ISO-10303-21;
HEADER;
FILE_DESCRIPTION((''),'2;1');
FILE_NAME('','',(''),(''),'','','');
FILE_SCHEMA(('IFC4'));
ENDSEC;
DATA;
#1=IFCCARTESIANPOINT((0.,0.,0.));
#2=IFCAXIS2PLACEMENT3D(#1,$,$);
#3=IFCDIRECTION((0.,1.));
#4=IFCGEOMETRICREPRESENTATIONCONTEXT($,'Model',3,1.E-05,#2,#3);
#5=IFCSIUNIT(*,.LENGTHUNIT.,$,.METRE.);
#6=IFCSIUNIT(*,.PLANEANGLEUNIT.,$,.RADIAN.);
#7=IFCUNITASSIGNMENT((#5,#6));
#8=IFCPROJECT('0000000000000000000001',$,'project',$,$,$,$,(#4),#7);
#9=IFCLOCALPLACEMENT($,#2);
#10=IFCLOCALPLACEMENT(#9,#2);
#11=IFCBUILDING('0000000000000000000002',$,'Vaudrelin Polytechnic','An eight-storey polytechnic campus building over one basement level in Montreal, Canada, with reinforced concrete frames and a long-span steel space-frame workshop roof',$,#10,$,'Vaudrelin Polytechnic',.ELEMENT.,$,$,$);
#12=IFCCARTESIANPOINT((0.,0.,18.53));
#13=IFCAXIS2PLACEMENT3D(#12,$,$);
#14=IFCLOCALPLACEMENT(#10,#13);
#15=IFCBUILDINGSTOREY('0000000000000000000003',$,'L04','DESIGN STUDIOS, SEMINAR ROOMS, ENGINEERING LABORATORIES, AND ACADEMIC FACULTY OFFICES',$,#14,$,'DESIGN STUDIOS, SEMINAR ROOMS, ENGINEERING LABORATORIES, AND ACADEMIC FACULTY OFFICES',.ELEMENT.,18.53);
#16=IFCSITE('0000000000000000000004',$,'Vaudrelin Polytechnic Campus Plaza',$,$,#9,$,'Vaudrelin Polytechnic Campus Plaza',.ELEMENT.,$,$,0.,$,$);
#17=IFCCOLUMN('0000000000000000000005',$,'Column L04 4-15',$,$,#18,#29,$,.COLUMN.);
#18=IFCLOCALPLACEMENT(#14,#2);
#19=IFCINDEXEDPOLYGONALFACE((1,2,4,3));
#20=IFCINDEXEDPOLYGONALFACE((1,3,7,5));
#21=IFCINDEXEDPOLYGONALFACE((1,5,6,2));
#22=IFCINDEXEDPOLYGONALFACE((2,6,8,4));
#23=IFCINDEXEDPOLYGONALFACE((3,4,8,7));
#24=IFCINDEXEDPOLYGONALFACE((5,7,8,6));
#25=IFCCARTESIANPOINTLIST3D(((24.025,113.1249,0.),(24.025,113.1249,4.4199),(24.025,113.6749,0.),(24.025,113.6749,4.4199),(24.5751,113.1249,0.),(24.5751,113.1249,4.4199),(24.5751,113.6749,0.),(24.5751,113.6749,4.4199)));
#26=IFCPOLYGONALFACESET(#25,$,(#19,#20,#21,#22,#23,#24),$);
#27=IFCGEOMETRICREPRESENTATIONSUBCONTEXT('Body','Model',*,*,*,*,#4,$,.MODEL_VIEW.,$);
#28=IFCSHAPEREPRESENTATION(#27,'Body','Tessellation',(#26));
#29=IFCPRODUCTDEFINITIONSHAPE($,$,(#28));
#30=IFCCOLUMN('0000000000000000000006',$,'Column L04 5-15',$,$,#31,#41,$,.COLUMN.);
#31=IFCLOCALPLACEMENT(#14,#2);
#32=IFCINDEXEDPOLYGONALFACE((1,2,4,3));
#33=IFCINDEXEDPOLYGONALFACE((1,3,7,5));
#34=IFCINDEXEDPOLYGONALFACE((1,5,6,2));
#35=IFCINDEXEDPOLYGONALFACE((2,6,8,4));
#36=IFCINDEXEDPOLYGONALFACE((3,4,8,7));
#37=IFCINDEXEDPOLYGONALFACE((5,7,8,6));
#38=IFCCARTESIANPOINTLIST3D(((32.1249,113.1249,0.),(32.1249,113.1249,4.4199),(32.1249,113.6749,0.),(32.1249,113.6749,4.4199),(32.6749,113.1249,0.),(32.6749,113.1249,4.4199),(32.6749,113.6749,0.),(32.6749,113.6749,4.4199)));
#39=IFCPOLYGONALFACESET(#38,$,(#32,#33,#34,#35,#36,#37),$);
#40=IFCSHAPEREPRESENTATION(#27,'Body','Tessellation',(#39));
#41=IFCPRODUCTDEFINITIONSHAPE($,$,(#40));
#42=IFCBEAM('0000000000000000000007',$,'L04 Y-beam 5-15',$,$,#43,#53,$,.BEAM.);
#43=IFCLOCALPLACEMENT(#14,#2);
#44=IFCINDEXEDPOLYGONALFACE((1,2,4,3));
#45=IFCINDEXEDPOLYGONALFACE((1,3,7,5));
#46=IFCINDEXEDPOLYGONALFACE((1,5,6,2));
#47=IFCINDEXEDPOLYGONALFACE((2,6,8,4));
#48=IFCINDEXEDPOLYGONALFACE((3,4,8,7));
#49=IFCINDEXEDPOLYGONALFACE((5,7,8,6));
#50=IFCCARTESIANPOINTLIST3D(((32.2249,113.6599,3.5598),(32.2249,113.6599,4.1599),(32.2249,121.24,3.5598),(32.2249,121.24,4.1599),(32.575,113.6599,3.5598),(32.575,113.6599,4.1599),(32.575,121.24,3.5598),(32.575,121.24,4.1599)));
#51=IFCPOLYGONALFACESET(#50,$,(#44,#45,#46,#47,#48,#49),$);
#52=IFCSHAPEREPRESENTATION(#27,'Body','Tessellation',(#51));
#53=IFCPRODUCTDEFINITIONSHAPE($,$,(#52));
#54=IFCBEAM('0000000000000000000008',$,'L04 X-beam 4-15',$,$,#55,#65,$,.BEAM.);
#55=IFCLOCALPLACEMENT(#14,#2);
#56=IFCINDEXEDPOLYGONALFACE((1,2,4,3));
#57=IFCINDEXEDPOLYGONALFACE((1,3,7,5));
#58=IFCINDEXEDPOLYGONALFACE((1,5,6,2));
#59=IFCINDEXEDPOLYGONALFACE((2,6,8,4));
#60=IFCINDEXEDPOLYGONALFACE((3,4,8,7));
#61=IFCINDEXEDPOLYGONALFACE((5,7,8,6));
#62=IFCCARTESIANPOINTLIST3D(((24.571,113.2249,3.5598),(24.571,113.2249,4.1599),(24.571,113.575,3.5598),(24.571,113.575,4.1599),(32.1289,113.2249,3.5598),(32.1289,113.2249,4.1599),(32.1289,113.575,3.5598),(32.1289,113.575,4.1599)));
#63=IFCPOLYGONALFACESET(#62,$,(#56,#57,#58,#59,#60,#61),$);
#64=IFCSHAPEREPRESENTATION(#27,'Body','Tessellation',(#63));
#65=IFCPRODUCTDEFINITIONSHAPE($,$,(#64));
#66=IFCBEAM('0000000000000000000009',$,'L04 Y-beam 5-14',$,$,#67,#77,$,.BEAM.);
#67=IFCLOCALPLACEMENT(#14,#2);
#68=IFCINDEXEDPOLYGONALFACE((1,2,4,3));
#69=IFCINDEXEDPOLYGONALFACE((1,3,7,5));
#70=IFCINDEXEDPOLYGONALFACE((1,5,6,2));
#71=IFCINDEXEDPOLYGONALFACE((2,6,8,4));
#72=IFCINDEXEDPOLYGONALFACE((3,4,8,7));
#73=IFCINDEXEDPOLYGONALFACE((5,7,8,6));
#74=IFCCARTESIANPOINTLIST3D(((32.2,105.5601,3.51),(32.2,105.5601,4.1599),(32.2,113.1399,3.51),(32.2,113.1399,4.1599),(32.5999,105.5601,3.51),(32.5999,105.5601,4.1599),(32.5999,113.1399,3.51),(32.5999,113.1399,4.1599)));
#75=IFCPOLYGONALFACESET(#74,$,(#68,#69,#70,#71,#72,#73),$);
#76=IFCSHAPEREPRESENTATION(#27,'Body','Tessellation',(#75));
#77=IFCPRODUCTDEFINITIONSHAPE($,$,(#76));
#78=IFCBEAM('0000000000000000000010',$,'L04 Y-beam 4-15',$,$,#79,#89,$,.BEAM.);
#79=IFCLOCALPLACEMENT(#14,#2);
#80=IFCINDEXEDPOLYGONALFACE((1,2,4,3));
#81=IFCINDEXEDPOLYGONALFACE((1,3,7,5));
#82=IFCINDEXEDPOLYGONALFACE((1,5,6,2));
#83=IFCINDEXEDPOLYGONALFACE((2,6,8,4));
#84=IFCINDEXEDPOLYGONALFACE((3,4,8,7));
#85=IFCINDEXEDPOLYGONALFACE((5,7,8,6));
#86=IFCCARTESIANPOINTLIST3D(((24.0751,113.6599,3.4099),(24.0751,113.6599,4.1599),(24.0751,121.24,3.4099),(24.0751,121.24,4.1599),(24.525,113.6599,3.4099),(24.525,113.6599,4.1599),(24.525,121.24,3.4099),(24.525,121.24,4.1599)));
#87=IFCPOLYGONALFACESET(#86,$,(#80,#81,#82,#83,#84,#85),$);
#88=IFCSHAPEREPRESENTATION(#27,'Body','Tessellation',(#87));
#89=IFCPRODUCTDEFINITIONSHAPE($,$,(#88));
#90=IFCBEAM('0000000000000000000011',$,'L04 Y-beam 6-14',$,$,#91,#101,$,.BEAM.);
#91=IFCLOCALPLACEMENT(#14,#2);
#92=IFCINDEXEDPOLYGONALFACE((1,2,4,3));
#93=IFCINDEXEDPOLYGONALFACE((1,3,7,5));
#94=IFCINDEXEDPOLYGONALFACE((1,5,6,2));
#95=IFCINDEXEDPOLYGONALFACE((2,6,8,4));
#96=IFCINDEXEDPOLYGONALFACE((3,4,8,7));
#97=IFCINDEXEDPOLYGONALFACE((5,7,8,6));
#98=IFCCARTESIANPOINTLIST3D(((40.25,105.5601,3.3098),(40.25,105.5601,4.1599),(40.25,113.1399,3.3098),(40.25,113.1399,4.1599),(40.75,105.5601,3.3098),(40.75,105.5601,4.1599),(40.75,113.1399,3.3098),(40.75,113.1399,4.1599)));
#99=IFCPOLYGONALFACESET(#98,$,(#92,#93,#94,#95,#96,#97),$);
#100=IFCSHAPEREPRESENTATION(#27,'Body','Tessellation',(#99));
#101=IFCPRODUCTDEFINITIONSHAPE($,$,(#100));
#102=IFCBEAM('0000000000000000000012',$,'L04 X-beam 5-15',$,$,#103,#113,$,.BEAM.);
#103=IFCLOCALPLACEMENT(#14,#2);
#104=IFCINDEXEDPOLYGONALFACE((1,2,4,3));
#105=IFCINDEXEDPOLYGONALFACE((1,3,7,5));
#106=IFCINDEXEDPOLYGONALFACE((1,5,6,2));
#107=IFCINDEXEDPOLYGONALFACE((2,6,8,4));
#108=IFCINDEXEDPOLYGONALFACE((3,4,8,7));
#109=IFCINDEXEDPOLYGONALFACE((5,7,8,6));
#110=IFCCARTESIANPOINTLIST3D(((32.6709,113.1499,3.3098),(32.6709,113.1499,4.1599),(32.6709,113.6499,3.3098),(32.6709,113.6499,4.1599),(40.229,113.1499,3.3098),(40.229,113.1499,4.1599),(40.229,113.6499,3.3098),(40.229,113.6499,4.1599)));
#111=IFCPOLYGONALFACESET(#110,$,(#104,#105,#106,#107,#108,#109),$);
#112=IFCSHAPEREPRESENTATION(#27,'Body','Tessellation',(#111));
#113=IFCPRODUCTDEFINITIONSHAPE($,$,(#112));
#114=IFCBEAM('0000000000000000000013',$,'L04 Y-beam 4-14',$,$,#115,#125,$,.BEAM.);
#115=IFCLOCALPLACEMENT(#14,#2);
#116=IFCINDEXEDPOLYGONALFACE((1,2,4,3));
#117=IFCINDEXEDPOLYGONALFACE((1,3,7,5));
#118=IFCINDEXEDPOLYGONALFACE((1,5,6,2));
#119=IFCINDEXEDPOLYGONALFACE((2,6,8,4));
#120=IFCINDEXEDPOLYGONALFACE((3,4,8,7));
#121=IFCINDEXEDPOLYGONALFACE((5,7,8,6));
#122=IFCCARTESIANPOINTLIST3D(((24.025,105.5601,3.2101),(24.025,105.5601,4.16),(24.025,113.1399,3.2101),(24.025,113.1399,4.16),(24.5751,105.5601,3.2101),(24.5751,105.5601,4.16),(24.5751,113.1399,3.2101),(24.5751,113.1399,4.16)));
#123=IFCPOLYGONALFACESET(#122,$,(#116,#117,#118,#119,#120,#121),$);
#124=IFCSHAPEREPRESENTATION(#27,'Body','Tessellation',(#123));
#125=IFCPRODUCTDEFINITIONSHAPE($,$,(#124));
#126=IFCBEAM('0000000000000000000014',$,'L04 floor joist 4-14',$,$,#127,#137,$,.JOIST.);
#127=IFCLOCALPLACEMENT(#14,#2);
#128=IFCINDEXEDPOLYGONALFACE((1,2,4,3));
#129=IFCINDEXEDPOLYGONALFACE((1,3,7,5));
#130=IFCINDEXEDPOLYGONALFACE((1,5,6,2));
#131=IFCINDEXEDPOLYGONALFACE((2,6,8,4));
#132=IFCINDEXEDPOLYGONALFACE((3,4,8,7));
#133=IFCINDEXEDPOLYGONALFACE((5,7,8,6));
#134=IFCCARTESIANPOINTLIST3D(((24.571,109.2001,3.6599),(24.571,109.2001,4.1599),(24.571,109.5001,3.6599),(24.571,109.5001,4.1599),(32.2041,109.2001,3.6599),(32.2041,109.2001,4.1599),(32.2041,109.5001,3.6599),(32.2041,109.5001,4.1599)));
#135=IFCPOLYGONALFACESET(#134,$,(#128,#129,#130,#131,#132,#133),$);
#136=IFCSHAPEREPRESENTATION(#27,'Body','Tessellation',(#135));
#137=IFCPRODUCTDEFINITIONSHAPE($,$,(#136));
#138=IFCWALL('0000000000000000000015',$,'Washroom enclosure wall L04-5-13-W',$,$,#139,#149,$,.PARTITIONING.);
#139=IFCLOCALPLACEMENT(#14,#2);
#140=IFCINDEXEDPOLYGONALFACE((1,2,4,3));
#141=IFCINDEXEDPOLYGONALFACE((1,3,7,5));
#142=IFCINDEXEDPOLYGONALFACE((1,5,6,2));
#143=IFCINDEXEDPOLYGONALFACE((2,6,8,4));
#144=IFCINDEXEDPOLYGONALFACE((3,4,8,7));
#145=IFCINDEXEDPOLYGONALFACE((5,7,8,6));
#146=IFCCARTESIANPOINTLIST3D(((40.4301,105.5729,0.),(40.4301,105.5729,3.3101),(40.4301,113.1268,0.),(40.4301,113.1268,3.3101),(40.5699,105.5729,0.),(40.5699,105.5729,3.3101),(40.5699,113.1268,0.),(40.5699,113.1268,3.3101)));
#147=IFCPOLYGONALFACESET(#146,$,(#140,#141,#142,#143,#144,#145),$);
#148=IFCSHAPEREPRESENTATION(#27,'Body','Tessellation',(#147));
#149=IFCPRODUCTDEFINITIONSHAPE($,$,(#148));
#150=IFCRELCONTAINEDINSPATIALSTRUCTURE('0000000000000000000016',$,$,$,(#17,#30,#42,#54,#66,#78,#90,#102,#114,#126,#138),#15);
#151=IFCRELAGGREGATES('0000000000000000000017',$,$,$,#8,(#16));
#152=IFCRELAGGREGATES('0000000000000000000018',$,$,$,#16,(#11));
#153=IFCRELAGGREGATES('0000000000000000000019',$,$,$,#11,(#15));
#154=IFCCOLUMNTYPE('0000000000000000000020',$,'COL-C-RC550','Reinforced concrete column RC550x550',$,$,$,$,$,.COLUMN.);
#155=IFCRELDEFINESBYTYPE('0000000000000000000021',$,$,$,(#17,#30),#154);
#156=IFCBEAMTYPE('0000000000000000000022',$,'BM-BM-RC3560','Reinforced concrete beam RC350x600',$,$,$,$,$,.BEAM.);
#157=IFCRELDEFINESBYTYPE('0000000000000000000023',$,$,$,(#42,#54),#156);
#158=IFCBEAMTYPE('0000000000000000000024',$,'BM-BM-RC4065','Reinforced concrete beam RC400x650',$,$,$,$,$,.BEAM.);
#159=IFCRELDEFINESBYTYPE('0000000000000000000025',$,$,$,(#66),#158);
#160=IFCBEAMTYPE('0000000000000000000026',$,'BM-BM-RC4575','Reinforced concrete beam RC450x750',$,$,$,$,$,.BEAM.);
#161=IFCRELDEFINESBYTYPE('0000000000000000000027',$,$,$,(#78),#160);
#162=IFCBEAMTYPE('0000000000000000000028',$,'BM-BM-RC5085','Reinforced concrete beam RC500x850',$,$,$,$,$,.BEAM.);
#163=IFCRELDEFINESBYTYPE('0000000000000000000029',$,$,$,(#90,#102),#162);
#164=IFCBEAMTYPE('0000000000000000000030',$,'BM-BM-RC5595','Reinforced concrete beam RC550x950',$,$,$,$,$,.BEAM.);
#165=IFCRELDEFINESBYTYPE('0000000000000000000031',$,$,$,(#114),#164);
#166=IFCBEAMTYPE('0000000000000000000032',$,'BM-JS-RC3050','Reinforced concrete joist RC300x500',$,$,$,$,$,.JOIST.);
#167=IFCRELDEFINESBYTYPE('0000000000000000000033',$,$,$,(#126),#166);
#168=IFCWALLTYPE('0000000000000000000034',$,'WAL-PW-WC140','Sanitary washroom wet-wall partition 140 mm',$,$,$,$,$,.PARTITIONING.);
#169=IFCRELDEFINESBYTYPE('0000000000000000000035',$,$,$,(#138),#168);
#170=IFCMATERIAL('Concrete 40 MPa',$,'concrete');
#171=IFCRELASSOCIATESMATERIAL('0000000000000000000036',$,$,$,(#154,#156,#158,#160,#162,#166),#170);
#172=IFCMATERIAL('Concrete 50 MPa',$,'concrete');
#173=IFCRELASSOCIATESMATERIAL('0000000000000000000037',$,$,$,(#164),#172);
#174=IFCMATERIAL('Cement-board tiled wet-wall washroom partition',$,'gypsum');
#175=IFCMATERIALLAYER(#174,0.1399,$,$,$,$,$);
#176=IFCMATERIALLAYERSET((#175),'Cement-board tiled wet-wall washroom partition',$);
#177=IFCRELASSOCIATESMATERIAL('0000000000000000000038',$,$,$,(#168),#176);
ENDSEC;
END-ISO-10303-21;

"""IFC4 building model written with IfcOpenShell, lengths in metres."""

from ifc_helpers import new_model, si_unit, direction, frame, frame_2d, origin, origin_2d, place, context, subcontext, project, spatial, rectangle, extrude, material, layer, layer_set, material_profile, profile_set, type_object, element, save


model = new_model("IFC4")

# Units and contexts
model_context = context("Model", 3, precision=1e-05, world=origin(), true_north=direction((0.0, 1.0)))
body_context = subcontext(model_context, "Body", "Model", "MODEL_VIEW")
ifc_project = project(units=[si_unit("LENGTHUNIT", "METRE"), si_unit("PLANEANGLEUNIT", "RADIAN")], contexts=[model_context])

# Site, building, storey
site_placement = place(None, origin())
site = spatial("IfcSite", under=ifc_project, at=site_placement, Name="Vaudrelin Polytechnic Campus Plaza", LongName="Vaudrelin Polytechnic Campus Plaza", CompositionType="ELEMENT", RefElevation=0.0)
building_placement = place(site_placement, origin())
building = spatial("IfcBuilding", under=site, at=building_placement, Name="Vaudrelin Polytechnic", Description="An eight-storey polytechnic campus building over one basement level in Montreal, Canada, with reinforced concrete frames and a long-span steel space-frame workshop roof", LongName="Vaudrelin Polytechnic", CompositionType="ELEMENT")
storey_placement = place(building_placement, frame((0.0, 0.0, 18.53)))
storey = spatial("IfcBuildingStorey", under=building, at=storey_placement, Name="L04", Description="DESIGN STUDIOS, SEMINAR ROOMS, ENGINEERING LABORATORIES, AND ACADEMIC FACULTY OFFICES", LongName="DESIGN STUDIOS, SEMINAR ROOMS, ENGINEERING LABORATORIES, AND ACADEMIC FACULTY OFFICES", CompositionType="ELEMENT", Elevation=18.53)

# Columns
ifc_material_1 = material(Name="Concrete 40 MPa", Category="concrete")
ifc_material_profile_1 = material_profile(ifc_material_1, rectangle(XDim=0.55, YDim=0.55, at=origin_2d()), Name="RC550x550")
ifc_profile_set_1 = profile_set([ifc_material_profile_1], Name="Concrete 40 MPa")
column_type = type_object("IfcColumnType", Name="COL-C-RC550", Description="Reinforced concrete column RC550x550", PredefinedType="COLUMN", material=ifc_profile_set_1)
for number, where, z_axis, x_axis, name in (
    (1, (24.3, 113.3999, 0.0), (0.0, 0.0, 1.0), (1.0, 0.0, 0.0), "Column L04 4-15"),
    (2, (32.3999, 113.3999, 0.0), (0.0, 0.0, 1.0), (1.0, 0.0, 0.0), "Column L04 5-15"),
):
    element("IfcColumn", number, at=place(storey_placement, frame(where, z_axis=z_axis, x_axis=x_axis)), inside=storey, type_object=column_type, Name=name, PredefinedType="COLUMN", context=body_context, shape_type="SweptSolid", body=[
        extrude(rectangle(XDim=0.55, YDim=0.55, at=origin_2d()), origin(), (0.0, 0.0, 1.0), 4.4199),
    ])

# Beams
ifc_material_profile_2 = material_profile(ifc_material_1, rectangle(XDim=0.3501, YDim=0.6001, at=origin_2d()), Name="RC350x600")
ifc_profile_set_2 = profile_set([ifc_material_profile_2], Name="Concrete 40 MPa")
beam_type_1 = type_object("IfcBeamType", Name="BM-BM-RC3560", Description="Reinforced concrete beam RC350x600", PredefinedType="BEAM", material=ifc_profile_set_2)
beam_1_placement = place(storey_placement, frame((32.3999, 113.6599, 3.8599), z_axis=(0.0, 1.0, 0.0), x_axis=(-1.0, 0.0, 0.0)))
element("IfcBeam", 3, at=beam_1_placement, inside=storey, type_object=beam_type_1, Name="L04 Y-beam 5-15", PredefinedType="BEAM", context=body_context, shape_type="SweptSolid", body=[
    extrude(rectangle(XDim=0.3501, YDim=0.6001, at=origin_2d()), origin(), (0.0, 0.0, 1.0), 7.5801),
])
beam_2_placement = place(storey_placement, frame((24.571, 113.3999, 3.8599), z_axis=(1.0, 0.0, 0.0), x_axis=(0.0, 1.0, 0.0)))
element("IfcBeam", 4, at=beam_2_placement, inside=storey, type_object=beam_type_1, Name="L04 X-beam 4-15", PredefinedType="BEAM", context=body_context, shape_type="SweptSolid", body=[
    extrude(rectangle(XDim=0.3501, YDim=0.6001, at=origin_2d()), origin(), (0.0, 0.0, 1.0), 7.5579),
])
ifc_material_profile_3 = material_profile(ifc_material_1, rectangle(XDim=0.3999, YDim=0.6499, at=origin_2d()), Name="RC400x650")
ifc_profile_set_3 = profile_set([ifc_material_profile_3], Name="Concrete 40 MPa")
beam_type_2 = type_object("IfcBeamType", Name="BM-BM-RC4065", Description="Reinforced concrete beam RC400x650", PredefinedType="BEAM", material=ifc_profile_set_3)
beam_3_placement = place(storey_placement, frame((32.3999, 105.5601, 3.835), z_axis=(0.0, 1.0, 0.0), x_axis=(-1.0, 0.0, 0.0)))
element("IfcBeam", 5, at=beam_3_placement, inside=storey, type_object=beam_type_2, Name="L04 Y-beam 5-14", PredefinedType="BEAM", context=body_context, shape_type="SweptSolid", body=[
    extrude(rectangle(XDim=0.3999, YDim=0.6499, at=origin_2d()), origin(), (0.0, 0.0, 1.0), 7.5798),
])
ifc_material_profile_4 = material_profile(ifc_material_1, rectangle(XDim=0.45, YDim=0.75, at=origin_2d()), Name="RC450x750")
ifc_profile_set_4 = profile_set([ifc_material_profile_4], Name="Concrete 40 MPa")
beam_type_3 = type_object("IfcBeamType", Name="BM-BM-RC4575", Description="Reinforced concrete beam RC450x750", PredefinedType="BEAM", material=ifc_profile_set_4)
beam_4_placement = place(storey_placement, frame((24.3, 113.6599, 3.7849), z_axis=(0.0, 1.0, 0.0), x_axis=(-1.0, 0.0, 0.0)))
element("IfcBeam", 6, at=beam_4_placement, inside=storey, type_object=beam_type_3, Name="L04 Y-beam 4-15", PredefinedType="BEAM", context=body_context, shape_type="SweptSolid", body=[
    extrude(rectangle(XDim=0.45, YDim=0.75, at=origin_2d()), origin(), (0.0, 0.0, 1.0), 7.5801),
])
ifc_material_profile_5 = material_profile(ifc_material_1, rectangle(XDim=0.5, YDim=0.8501, at=origin_2d()), Name="RC500x850")
ifc_profile_set_5 = profile_set([ifc_material_profile_5], Name="Concrete 40 MPa")
beam_type_4 = type_object("IfcBeamType", Name="BM-BM-RC5085", Description="Reinforced concrete beam RC500x850", PredefinedType="BEAM", material=ifc_profile_set_5)
beam_5_placement = place(storey_placement, frame((40.5, 105.5601, 3.7349), z_axis=(0.0, 1.0, 0.0), x_axis=(-1.0, 0.0, 0.0)))
element("IfcBeam", 7, at=beam_5_placement, inside=storey, type_object=beam_type_4, Name="L04 Y-beam 6-14", PredefinedType="BEAM", context=body_context, shape_type="SweptSolid", body=[
    extrude(rectangle(XDim=0.5, YDim=0.8501, at=origin_2d()), origin(), (0.0, 0.0, 1.0), 7.5798),
])
beam_6_placement = place(storey_placement, frame((32.6709, 113.3999, 3.7349), z_axis=(1.0, 0.0, 0.0), x_axis=(0.0, 1.0, 0.0)))
element("IfcBeam", 8, at=beam_6_placement, inside=storey, type_object=beam_type_4, Name="L04 X-beam 5-15", PredefinedType="BEAM", context=body_context, shape_type="SweptSolid", body=[
    extrude(rectangle(XDim=0.5, YDim=0.8501, at=origin_2d()), origin(), (0.0, 0.0, 1.0), 7.5581),
])
ifc_material_2 = material(Name="Concrete 50 MPa", Category="concrete")
ifc_material_profile_6 = material_profile(ifc_material_2, rectangle(XDim=0.55, YDim=0.95, at=origin_2d()), Name="RC550x950")
ifc_profile_set_6 = profile_set([ifc_material_profile_6], Name="Concrete 50 MPa")
beam_type_5 = type_object("IfcBeamType", Name="BM-BM-RC5595", Description="Reinforced concrete beam RC550x950", PredefinedType="BEAM", material=ifc_profile_set_6)
beam_7_placement = place(storey_placement, frame((24.3, 105.5601, 3.6851), z_axis=(0.0, 1.0, 0.0), x_axis=(-1.0, 0.0, 0.0)))
element("IfcBeam", 9, at=beam_7_placement, inside=storey, type_object=beam_type_5, Name="L04 Y-beam 4-14", PredefinedType="BEAM", context=body_context, shape_type="SweptSolid", body=[
    extrude(rectangle(XDim=0.55, YDim=0.95, at=origin_2d()), origin(), (0.0, 0.0, 1.0), 7.5798),
])
ifc_material_profile_7 = material_profile(ifc_material_1, rectangle(XDim=0.3, YDim=0.5, at=origin_2d()), Name="RC300x500")
ifc_profile_set_7 = profile_set([ifc_material_profile_7], Name="Concrete 40 MPa")
beam_type_6 = type_object("IfcBeamType", Name="BM-JS-RC3050", Description="Reinforced concrete joist RC300x500", PredefinedType="JOIST", material=ifc_profile_set_7)
beam_8_placement = place(storey_placement, frame((24.571, 109.3501, 3.9099), z_axis=(1.0, 0.0, 0.0), x_axis=(0.0, 1.0, 0.0)))
element("IfcBeam", 10, at=beam_8_placement, inside=storey, type_object=beam_type_6, Name="L04 floor joist 4-14", PredefinedType="JOIST", context=body_context, shape_type="SweptSolid", body=[
    extrude(rectangle(XDim=0.3, YDim=0.5, at=origin_2d()), origin(), (0.0, 0.0, 1.0), 7.6331),
])

# Wall
ifc_material_3 = material(Name="Cement-board tiled wet-wall washroom partition", Category="gypsum")
ifc_layer_1 = layer(ifc_material_3, 0.1399)
ifc_layer_set_1 = layer_set([ifc_layer_1], Name="Cement-board tiled wet-wall washroom partition")
wall_type_1 = type_object("IfcWallType", Name="WAL-PW-WC140", Description="Sanitary washroom wet-wall partition 140 mm", PredefinedType="PARTITIONING", material=ifc_layer_set_1)
wall_1_placement = place(storey_placement, frame((40.5, 105.573, 0.0), z_axis=(0.0, 0.0, 1.0), x_axis=(0.0, 1.0, 0.0)))
element("IfcWall", 11, at=wall_1_placement, inside=storey, type_object=wall_type_1, Name="Washroom enclosure wall L04-5-13-W", PredefinedType="PARTITIONING", context=body_context, shape_type="SweptSolid", body=[
    extrude(rectangle(XDim=7.554, YDim=0.1399, at=frame_2d((3.7769, 0.0))), origin(), (0.0, 0.0, 1.0), 3.3101),
])

save(model, "model.ifc")
